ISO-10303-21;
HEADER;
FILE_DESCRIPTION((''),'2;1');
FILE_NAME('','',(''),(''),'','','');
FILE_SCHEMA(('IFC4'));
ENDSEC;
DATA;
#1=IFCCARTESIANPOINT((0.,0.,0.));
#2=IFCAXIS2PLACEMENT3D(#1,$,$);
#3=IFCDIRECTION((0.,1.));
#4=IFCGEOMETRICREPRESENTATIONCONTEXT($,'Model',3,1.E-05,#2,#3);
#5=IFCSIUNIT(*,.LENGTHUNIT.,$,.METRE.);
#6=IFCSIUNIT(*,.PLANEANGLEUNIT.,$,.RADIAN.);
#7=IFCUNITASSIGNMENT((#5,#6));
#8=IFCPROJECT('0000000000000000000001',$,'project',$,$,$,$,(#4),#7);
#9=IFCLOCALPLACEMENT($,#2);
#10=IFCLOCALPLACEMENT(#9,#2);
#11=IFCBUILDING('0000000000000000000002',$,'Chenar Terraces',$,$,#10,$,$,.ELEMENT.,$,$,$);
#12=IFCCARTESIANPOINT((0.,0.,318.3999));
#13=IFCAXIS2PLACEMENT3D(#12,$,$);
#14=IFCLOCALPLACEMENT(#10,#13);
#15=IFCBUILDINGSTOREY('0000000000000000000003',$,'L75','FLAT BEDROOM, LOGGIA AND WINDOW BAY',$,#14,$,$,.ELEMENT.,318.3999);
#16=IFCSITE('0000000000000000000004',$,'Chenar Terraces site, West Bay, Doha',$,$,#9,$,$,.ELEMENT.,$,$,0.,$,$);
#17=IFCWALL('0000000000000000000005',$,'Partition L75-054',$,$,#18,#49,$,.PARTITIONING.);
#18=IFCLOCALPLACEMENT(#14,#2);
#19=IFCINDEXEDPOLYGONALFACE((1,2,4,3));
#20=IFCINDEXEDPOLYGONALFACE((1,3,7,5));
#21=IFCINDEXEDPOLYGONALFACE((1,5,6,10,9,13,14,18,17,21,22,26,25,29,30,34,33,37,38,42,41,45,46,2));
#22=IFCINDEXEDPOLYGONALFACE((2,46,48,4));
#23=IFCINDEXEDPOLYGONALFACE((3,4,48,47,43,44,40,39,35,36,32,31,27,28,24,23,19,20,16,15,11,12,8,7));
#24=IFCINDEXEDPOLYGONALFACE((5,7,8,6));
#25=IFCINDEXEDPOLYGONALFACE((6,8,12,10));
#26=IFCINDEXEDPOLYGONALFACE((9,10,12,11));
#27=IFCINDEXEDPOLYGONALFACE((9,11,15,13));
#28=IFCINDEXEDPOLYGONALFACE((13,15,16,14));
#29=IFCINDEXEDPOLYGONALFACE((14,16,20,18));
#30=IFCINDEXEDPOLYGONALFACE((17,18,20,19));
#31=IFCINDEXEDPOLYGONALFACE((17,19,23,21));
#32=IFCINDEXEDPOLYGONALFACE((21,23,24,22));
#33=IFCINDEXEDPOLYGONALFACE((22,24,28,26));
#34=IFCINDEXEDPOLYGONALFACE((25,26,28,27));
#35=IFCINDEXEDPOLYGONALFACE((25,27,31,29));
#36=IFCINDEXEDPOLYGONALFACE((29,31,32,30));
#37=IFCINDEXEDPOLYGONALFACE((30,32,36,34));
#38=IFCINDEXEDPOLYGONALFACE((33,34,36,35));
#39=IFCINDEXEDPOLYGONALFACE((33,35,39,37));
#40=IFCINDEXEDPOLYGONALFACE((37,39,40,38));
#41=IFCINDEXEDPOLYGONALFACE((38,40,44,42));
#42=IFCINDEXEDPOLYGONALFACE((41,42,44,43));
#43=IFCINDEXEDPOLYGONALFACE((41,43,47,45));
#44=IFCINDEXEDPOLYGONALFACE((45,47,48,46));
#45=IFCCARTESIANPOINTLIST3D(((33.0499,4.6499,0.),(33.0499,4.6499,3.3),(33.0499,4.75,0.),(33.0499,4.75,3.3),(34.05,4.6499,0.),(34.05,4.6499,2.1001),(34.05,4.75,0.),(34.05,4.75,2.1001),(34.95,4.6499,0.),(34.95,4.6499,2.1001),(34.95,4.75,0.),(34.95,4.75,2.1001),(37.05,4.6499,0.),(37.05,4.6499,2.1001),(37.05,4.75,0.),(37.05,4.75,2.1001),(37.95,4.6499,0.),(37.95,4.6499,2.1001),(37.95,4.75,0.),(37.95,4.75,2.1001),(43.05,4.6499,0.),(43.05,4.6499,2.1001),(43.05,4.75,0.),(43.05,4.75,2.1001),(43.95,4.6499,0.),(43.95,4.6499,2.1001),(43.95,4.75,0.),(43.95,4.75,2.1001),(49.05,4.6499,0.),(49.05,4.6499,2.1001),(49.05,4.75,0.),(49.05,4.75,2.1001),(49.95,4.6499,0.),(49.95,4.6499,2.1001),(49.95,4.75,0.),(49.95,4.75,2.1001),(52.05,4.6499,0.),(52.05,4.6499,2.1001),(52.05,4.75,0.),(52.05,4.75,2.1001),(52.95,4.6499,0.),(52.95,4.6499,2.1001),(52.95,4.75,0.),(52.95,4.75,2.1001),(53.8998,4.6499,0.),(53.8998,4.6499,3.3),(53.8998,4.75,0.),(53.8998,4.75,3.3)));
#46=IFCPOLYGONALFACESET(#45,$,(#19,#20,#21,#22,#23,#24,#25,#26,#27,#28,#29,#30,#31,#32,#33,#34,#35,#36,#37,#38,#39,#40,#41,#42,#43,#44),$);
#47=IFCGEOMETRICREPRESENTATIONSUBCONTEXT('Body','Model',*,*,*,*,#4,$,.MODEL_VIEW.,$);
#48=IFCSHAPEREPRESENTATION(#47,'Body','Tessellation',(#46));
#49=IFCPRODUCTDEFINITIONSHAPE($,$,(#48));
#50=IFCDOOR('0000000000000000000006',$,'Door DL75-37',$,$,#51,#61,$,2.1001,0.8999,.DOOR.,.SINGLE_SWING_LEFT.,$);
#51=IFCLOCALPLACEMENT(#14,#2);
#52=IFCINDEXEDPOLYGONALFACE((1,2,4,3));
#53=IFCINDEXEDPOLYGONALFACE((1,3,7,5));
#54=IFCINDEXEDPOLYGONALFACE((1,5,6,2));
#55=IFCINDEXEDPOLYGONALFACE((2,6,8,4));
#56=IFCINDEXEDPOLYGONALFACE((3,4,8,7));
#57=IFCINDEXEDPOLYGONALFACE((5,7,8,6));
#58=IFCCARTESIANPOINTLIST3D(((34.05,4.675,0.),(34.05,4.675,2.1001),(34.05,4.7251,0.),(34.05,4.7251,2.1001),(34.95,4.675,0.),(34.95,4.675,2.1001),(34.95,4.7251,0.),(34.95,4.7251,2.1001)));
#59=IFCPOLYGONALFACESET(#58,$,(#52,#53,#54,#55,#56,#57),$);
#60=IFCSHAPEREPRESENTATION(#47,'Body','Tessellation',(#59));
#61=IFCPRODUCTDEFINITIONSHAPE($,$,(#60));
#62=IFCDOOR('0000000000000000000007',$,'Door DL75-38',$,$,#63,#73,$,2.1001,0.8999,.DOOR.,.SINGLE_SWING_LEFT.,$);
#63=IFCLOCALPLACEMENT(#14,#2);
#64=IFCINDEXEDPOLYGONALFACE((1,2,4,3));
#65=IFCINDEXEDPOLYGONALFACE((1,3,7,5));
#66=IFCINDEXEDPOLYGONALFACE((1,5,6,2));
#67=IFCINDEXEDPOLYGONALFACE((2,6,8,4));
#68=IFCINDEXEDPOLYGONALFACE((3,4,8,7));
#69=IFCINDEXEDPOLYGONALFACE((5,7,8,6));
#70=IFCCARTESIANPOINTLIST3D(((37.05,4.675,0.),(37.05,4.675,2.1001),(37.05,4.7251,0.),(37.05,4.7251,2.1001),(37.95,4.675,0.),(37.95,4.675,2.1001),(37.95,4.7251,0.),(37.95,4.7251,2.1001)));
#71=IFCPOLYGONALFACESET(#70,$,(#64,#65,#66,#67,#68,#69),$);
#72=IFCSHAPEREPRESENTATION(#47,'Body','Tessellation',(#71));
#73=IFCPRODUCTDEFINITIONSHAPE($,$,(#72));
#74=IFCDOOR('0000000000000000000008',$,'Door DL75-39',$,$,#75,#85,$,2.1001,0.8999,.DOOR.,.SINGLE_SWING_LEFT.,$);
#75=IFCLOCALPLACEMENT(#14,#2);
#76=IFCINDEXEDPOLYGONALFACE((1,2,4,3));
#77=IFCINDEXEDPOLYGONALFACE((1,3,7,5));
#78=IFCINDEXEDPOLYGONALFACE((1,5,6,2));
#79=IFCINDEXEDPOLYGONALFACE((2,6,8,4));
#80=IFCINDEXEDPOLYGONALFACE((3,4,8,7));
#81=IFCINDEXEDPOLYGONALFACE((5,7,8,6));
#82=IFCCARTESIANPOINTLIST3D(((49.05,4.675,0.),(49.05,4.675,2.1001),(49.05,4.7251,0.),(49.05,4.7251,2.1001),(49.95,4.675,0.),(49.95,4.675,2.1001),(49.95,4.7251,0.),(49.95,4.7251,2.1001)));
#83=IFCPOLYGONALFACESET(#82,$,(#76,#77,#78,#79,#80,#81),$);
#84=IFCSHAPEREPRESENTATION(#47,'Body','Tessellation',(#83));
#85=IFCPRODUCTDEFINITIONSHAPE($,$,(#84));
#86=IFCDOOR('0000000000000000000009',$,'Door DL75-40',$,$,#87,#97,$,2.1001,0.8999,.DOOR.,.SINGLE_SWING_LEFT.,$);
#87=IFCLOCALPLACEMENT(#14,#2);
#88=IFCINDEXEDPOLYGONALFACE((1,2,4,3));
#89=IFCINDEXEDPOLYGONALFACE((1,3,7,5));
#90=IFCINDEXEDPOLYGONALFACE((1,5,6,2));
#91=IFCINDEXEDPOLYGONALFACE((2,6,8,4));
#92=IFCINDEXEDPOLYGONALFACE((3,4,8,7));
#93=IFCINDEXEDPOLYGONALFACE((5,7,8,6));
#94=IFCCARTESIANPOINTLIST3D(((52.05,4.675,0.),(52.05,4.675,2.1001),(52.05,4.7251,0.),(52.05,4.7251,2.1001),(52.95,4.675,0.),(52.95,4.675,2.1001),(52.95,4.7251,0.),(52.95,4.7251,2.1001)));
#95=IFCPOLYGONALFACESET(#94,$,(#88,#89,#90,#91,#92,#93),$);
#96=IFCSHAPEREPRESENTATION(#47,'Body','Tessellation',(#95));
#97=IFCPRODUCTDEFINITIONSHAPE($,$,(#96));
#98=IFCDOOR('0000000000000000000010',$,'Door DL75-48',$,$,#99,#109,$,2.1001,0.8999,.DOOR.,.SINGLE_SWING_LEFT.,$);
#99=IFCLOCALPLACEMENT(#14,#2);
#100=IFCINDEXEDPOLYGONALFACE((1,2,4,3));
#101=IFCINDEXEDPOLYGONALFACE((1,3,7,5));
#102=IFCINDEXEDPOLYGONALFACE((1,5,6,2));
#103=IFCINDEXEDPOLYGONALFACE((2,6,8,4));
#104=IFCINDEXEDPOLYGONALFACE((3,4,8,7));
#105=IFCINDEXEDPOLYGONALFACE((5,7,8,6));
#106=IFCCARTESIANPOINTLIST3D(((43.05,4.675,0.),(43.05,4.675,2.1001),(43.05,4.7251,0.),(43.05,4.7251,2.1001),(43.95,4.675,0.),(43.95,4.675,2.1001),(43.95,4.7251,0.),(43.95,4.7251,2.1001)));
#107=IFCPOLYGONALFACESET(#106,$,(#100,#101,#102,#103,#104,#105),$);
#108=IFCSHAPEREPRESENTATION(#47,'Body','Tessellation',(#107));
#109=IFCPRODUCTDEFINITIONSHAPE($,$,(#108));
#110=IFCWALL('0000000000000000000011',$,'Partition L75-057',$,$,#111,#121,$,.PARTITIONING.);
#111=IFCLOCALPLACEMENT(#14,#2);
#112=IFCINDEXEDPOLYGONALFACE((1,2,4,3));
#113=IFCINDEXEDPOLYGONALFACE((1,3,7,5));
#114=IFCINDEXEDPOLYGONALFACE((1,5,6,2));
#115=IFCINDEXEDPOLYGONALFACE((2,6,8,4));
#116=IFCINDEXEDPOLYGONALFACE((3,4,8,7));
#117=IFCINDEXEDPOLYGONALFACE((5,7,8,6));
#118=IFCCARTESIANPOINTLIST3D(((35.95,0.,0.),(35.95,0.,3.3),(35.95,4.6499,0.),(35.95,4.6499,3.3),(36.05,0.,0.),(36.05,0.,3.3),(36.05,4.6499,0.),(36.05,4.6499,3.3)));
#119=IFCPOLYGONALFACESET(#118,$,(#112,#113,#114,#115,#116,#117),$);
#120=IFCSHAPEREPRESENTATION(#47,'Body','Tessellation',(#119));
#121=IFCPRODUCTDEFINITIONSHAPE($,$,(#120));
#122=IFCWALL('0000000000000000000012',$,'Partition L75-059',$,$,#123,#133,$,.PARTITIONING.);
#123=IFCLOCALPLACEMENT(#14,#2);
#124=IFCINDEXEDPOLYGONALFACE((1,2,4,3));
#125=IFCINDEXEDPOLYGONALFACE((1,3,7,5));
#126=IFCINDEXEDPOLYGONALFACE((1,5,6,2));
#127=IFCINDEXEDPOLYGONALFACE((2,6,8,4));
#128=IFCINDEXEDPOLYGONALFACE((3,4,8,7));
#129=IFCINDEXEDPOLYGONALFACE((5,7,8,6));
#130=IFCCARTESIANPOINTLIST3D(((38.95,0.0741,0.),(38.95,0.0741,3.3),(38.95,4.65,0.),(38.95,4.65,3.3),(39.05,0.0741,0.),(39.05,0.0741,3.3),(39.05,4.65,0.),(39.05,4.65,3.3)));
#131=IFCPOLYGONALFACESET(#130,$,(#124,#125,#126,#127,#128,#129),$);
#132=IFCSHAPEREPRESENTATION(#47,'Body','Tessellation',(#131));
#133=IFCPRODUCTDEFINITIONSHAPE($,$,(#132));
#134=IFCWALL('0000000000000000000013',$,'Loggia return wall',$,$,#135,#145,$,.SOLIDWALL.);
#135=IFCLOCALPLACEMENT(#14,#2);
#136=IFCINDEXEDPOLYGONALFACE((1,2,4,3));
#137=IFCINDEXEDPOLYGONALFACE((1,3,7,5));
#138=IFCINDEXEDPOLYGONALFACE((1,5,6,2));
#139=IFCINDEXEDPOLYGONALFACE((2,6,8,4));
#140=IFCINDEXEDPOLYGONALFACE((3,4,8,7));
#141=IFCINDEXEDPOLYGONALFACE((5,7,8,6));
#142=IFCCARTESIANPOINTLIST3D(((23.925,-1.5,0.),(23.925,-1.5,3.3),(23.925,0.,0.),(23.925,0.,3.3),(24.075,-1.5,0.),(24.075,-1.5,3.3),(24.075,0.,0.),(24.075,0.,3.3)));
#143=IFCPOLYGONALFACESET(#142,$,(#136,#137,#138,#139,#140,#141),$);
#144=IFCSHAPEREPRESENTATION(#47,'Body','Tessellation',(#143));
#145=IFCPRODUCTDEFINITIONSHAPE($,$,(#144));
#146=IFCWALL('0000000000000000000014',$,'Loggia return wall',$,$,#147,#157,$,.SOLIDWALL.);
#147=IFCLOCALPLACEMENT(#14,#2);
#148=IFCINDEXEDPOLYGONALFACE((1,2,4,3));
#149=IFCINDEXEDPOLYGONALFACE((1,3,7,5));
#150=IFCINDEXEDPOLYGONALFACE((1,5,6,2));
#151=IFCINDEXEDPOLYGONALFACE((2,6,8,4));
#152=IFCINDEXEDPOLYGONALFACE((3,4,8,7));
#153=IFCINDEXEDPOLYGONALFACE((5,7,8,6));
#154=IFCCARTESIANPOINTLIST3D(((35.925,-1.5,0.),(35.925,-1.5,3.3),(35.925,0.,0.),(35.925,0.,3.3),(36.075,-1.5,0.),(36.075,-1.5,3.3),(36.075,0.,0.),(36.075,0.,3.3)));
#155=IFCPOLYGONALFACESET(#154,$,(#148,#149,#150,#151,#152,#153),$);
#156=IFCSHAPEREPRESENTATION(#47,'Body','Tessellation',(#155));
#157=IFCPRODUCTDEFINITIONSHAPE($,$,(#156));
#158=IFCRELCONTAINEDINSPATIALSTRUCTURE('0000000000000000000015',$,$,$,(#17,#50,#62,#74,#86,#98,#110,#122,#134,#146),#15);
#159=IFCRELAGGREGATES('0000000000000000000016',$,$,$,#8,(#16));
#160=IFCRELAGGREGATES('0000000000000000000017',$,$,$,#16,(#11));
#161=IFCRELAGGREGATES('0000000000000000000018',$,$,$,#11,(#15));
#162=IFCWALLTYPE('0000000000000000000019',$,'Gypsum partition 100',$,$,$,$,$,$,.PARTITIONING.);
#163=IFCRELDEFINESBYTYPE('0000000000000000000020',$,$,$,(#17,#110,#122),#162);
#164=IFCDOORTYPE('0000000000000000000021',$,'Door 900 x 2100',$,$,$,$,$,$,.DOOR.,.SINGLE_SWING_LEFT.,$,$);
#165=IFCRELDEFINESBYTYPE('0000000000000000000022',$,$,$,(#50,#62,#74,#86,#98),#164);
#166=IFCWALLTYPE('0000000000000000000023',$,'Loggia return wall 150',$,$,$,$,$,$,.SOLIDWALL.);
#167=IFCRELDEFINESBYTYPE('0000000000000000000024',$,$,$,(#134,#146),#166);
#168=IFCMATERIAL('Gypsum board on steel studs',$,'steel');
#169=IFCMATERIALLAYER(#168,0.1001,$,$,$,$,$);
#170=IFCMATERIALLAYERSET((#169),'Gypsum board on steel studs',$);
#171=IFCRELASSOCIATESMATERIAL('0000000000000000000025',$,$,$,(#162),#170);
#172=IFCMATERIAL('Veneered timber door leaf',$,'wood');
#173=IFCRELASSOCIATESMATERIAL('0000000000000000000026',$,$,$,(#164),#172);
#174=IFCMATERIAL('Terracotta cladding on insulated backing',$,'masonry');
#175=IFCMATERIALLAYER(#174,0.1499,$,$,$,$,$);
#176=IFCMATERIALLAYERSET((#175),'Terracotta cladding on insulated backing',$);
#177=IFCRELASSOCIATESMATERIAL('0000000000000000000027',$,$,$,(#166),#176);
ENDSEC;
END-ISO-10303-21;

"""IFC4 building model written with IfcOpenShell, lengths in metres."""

from ifc_helpers import new_model, si_unit, direction, frame, frame_2d, origin, place, context, subcontext, project, spatial, rectangle, extrude, material, layer, layer_set, type_object, element, fill, save


model = new_model("IFC4")

# Units and contexts
model_context = context("Model", 3, precision=1e-05, world=origin(), true_north=direction((0.0, 1.0)))
body_context = subcontext(model_context, "Body", "Model", "MODEL_VIEW")
ifc_project = project(units=[si_unit("LENGTHUNIT", "METRE"), si_unit("PLANEANGLEUNIT", "RADIAN")], contexts=[model_context])

# Site, building, storey
site_placement = place(None, origin())
site = spatial("IfcSite", under=ifc_project, at=site_placement, Name="Chenar Terraces site, West Bay, Doha", CompositionType="ELEMENT", RefElevation=0.0)
building_placement = place(site_placement, origin())
building = spatial("IfcBuilding", under=site, at=building_placement, Name="Chenar Terraces", CompositionType="ELEMENT")
storey_placement = place(building_placement, frame((0.0, 0.0, 318.3999)))
storey = spatial("IfcBuildingStorey", under=building, at=storey_placement, Name="L75", Description="FLAT BEDROOM, LOGGIA AND WINDOW BAY", CompositionType="ELEMENT", Elevation=318.3999)

# Shared definitions
ifc_material_1 = material(Name="Gypsum board on steel studs", Category="steel")
ifc_layer_1 = layer(ifc_material_1, 0.1001)
ifc_layer_set_1 = layer_set([ifc_layer_1], Name="Gypsum board on steel studs")
wall_type_1 = type_object("IfcWallType", Name="Gypsum partition 100", PredefinedType="PARTITIONING", material=ifc_layer_set_1)

# Wall, openings, doors
wall_1_placement = place(storey_placement, frame((33.05, 4.7, 0.0), z_axis=(0.0, 0.0, 1.0), x_axis=(1.0, 0.0, 0.0)))
wall_1 = element("IfcWall", 1, at=wall_1_placement, inside=storey, type_object=wall_type_1, Name="Partition L75-054", PredefinedType="PARTITIONING", context=body_context, shape_type="SweptSolid", body=[
    extrude(rectangle(XDim=20.8499, YDim=0.1001, at=frame_2d((10.4248, 0.0))), origin(), (0.0, 0.0, 1.0), 3.3),
])
opening_1_placement = place(wall_1_placement, frame((1.0, 0.0, 0.0)))
opening_1 = element("IfcOpeningElement", 2, at=opening_1_placement, cuts=wall_1, PredefinedType="OPENING", context=body_context, shape_type="SweptSolid", body=[
    extrude(rectangle(XDim=0.8999, YDim=2.1001, at=frame_2d((0.45, 1.05))), frame((0.0, 0.0601, 0.0), z_axis=(0.0, -1.0, 0.0), x_axis=(1.0, 0.0, 0.0)), (0.0, 0.0, 1.0), 0.1201),
])
opening_2_placement = place(wall_1_placement, frame((4.0, 0.0, 0.0)))
opening_2 = element("IfcOpeningElement", 3, at=opening_2_placement, cuts=wall_1, PredefinedType="OPENING", context=body_context, shape_type="SweptSolid", body=[
    extrude(rectangle(XDim=0.8999, YDim=2.1001, at=frame_2d((0.45, 1.05))), frame((0.0, 0.0601, 0.0), z_axis=(0.0, -1.0, 0.0), x_axis=(1.0, 0.0, 0.0)), (0.0, 0.0, 1.0), 0.1201),
])
opening_3_placement = place(wall_1_placement, frame((16.0, 0.0, 0.0)))
opening_3 = element("IfcOpeningElement", 4, at=opening_3_placement, cuts=wall_1, PredefinedType="OPENING", context=body_context, shape_type="SweptSolid", body=[
    extrude(rectangle(XDim=0.8999, YDim=2.1001, at=frame_2d((0.45, 1.05))), frame((0.0, 0.0601, 0.0), z_axis=(0.0, -1.0, 0.0), x_axis=(1.0, 0.0, 0.0)), (0.0, 0.0, 1.0), 0.1201),
])
opening_4_placement = place(wall_1_placement, frame((19.0, 0.0, 0.0)))
opening_4 = element("IfcOpeningElement", 5, at=opening_4_placement, cuts=wall_1, PredefinedType="OPENING", context=body_context, shape_type="SweptSolid", body=[
    extrude(rectangle(XDim=0.8999, YDim=2.1001, at=frame_2d((0.45, 1.05))), frame((0.0, 0.0601, 0.0), z_axis=(0.0, -1.0, 0.0), x_axis=(1.0, 0.0, 0.0)), (0.0, 0.0, 1.0), 0.1201),
])
opening_5_placement = place(wall_1_placement, frame((10.0, 0.0, 0.0)))
opening_5 = element("IfcOpeningElement", 6, at=opening_5_placement, cuts=wall_1, PredefinedType="OPENING", context=body_context, shape_type="SweptSolid", body=[
    extrude(rectangle(XDim=0.8999, YDim=2.1001, at=frame_2d((0.45, 1.05))), frame((0.0, 0.0601, 0.0), z_axis=(0.0, -1.0, 0.0), x_axis=(1.0, 0.0, 0.0)), (0.0, 0.0, 1.0), 0.1201),
])
ifc_material_2 = material(Name="Veneered timber door leaf", Category="wood")
door_type_1 = type_object("IfcDoorType", Name="Door 900 x 2100", OperationType="SINGLE_SWING_LEFT", PredefinedType="DOOR", material=ifc_material_2)
door_1_placement = place(opening_1_placement, frame((0.8999, 0.0, 0.0), z_axis=(0.0, 0.0, 1.0), x_axis=(-1.0, 0.0, 0.0)))
door_1 = element("IfcDoor", 7, at=door_1_placement, inside=storey, type_object=door_type_1, Name="Door DL75-37", OperationType="SINGLE_SWING_LEFT", OverallHeight=2.1001, OverallWidth=0.8999, PredefinedType="DOOR", context=body_context, shape_type="SweptSolid", body=[
    extrude(rectangle(XDim=0.8999, YDim=2.1001, at=frame_2d((0.45, 1.05))), frame((0.0, 0.0249, 0.0), z_axis=(0.0, -1.0, 0.0), x_axis=(1.0, 0.0, 0.0)), (0.0, 0.0, 1.0), 0.05),
])
fill(opening_1, door_1)
door_2_placement = place(opening_2_placement, frame((0.8999, 0.0, 0.0), z_axis=(0.0, 0.0, 1.0), x_axis=(-1.0, 0.0, 0.0)))
door_2 = element("IfcDoor", 8, at=door_2_placement, inside=storey, type_object=door_type_1, Name="Door DL75-38", OperationType="SINGLE_SWING_LEFT", OverallHeight=2.1001, OverallWidth=0.8999, PredefinedType="DOOR", context=body_context, shape_type="SweptSolid", body=[
    extrude(rectangle(XDim=0.8999, YDim=2.1001, at=frame_2d((0.45, 1.05))), frame((0.0, 0.0249, 0.0), z_axis=(0.0, -1.0, 0.0), x_axis=(1.0, 0.0, 0.0)), (0.0, 0.0, 1.0), 0.05),
])
fill(opening_2, door_2)
door_3_placement = place(opening_3_placement, frame((0.8999, 0.0, 0.0), z_axis=(0.0, 0.0, 1.0), x_axis=(-1.0, 0.0, 0.0)))
door_3 = element("IfcDoor", 9, at=door_3_placement, inside=storey, type_object=door_type_1, Name="Door DL75-39", OperationType="SINGLE_SWING_LEFT", OverallHeight=2.1001, OverallWidth=0.8999, PredefinedType="DOOR", context=body_context, shape_type="SweptSolid", body=[
    extrude(rectangle(XDim=0.8999, YDim=2.1001, at=frame_2d((0.45, 1.05))), frame((0.0, 0.0249, 0.0), z_axis=(0.0, -1.0, 0.0), x_axis=(1.0, 0.0, 0.0)), (0.0, 0.0, 1.0), 0.05),
])
fill(opening_3, door_3)
door_4_placement = place(opening_4_placement, frame((0.8999, 0.0, 0.0), z_axis=(0.0, 0.0, 1.0), x_axis=(-1.0, 0.0, 0.0)))
door_4 = element("IfcDoor", 10, at=door_4_placement, inside=storey, type_object=door_type_1, Name="Door DL75-40", OperationType="SINGLE_SWING_LEFT", OverallHeight=2.1001, OverallWidth=0.8999, PredefinedType="DOOR", context=body_context, shape_type="SweptSolid", body=[
    extrude(rectangle(XDim=0.8999, YDim=2.1001, at=frame_2d((0.45, 1.05))), frame((0.0, 0.0249, 0.0), z_axis=(0.0, -1.0, 0.0), x_axis=(1.0, 0.0, 0.0)), (0.0, 0.0, 1.0), 0.05),
])
fill(opening_4, door_4)
door_5_placement = place(opening_5_placement, frame((0.8999, 0.0, 0.0), z_axis=(0.0, 0.0, 1.0), x_axis=(-1.0, 0.0, 0.0)))
door_5 = element("IfcDoor", 11, at=door_5_placement, inside=storey, type_object=door_type_1, Name="Door DL75-48", OperationType="SINGLE_SWING_LEFT", OverallHeight=2.1001, OverallWidth=0.8999, PredefinedType="DOOR", context=body_context, shape_type="SweptSolid", body=[
    extrude(rectangle(XDim=0.8999, YDim=2.1001, at=frame_2d((0.45, 1.05))), frame((0.0, 0.0249, 0.0), z_axis=(0.0, -1.0, 0.0), x_axis=(1.0, 0.0, 0.0)), (0.0, 0.0, 1.0), 0.05),
])
fill(opening_5, door_5)

# Walls
wall_2_placement = place(storey_placement, frame((36.0, 0.0, 0.0), z_axis=(0.0, 0.0, 1.0), x_axis=(0.0, 1.0, 0.0)))
element("IfcWall", 12, at=wall_2_placement, inside=storey, type_object=wall_type_1, Name="Partition L75-057", PredefinedType="PARTITIONING", context=body_context, shape_type="SweptSolid", body=[
    extrude(rectangle(XDim=4.6499, YDim=0.1001, at=frame_2d((2.325, 0.0))), origin(), (0.0, 0.0, 1.0), 3.3),
])
wall_3_placement = place(storey_placement, frame((39.0, 0.074, 0.0), z_axis=(0.0, 0.0, 1.0), x_axis=(0.0, 1.0, 0.0)))
element("IfcWall", 13, at=wall_3_placement, inside=storey, type_object=wall_type_1, Name="Partition L75-059", PredefinedType="PARTITIONING", context=body_context, shape_type="SweptSolid", body=[
    extrude(rectangle(XDim=4.5759, YDim=0.1001, at=frame_2d((2.2881, 0.0))), origin(), (0.0, 0.0, 1.0), 3.3),
])
ifc_material_3 = material(Name="Terracotta cladding on insulated backing", Category="masonry")
ifc_layer_2 = layer(ifc_material_3, 0.1499)
ifc_layer_set_2 = layer_set([ifc_layer_2], Name="Terracotta cladding on insulated backing")
wall_type_2 = type_object("IfcWallType", Name="Loggia return wall 150", PredefinedType="SOLIDWALL", material=ifc_layer_set_2)
for number, where, z_axis, x_axis, name in (
    (14, (24.0, -1.5, 0.0), (0.0, 0.0, 1.0), (0.0, 1.0, 0.0), "Loggia return wall"),
    (15, (36.0, -1.5, 0.0), (0.0, 0.0, 1.0), (0.0, 1.0, 0.0), "Loggia return wall"),
):
    element("IfcWall", number, at=place(storey_placement, frame(where, z_axis=z_axis, x_axis=x_axis)), inside=storey, type_object=wall_type_2, Name=name, PredefinedType="SOLIDWALL", context=body_context, shape_type="SweptSolid", body=[
        extrude(rectangle(XDim=1.5, YDim=0.1499, at=frame_2d((0.75, 0.0))), origin(), (0.0, 0.0, 1.0), 3.3),
    ])

save(model, "model.ifc")
